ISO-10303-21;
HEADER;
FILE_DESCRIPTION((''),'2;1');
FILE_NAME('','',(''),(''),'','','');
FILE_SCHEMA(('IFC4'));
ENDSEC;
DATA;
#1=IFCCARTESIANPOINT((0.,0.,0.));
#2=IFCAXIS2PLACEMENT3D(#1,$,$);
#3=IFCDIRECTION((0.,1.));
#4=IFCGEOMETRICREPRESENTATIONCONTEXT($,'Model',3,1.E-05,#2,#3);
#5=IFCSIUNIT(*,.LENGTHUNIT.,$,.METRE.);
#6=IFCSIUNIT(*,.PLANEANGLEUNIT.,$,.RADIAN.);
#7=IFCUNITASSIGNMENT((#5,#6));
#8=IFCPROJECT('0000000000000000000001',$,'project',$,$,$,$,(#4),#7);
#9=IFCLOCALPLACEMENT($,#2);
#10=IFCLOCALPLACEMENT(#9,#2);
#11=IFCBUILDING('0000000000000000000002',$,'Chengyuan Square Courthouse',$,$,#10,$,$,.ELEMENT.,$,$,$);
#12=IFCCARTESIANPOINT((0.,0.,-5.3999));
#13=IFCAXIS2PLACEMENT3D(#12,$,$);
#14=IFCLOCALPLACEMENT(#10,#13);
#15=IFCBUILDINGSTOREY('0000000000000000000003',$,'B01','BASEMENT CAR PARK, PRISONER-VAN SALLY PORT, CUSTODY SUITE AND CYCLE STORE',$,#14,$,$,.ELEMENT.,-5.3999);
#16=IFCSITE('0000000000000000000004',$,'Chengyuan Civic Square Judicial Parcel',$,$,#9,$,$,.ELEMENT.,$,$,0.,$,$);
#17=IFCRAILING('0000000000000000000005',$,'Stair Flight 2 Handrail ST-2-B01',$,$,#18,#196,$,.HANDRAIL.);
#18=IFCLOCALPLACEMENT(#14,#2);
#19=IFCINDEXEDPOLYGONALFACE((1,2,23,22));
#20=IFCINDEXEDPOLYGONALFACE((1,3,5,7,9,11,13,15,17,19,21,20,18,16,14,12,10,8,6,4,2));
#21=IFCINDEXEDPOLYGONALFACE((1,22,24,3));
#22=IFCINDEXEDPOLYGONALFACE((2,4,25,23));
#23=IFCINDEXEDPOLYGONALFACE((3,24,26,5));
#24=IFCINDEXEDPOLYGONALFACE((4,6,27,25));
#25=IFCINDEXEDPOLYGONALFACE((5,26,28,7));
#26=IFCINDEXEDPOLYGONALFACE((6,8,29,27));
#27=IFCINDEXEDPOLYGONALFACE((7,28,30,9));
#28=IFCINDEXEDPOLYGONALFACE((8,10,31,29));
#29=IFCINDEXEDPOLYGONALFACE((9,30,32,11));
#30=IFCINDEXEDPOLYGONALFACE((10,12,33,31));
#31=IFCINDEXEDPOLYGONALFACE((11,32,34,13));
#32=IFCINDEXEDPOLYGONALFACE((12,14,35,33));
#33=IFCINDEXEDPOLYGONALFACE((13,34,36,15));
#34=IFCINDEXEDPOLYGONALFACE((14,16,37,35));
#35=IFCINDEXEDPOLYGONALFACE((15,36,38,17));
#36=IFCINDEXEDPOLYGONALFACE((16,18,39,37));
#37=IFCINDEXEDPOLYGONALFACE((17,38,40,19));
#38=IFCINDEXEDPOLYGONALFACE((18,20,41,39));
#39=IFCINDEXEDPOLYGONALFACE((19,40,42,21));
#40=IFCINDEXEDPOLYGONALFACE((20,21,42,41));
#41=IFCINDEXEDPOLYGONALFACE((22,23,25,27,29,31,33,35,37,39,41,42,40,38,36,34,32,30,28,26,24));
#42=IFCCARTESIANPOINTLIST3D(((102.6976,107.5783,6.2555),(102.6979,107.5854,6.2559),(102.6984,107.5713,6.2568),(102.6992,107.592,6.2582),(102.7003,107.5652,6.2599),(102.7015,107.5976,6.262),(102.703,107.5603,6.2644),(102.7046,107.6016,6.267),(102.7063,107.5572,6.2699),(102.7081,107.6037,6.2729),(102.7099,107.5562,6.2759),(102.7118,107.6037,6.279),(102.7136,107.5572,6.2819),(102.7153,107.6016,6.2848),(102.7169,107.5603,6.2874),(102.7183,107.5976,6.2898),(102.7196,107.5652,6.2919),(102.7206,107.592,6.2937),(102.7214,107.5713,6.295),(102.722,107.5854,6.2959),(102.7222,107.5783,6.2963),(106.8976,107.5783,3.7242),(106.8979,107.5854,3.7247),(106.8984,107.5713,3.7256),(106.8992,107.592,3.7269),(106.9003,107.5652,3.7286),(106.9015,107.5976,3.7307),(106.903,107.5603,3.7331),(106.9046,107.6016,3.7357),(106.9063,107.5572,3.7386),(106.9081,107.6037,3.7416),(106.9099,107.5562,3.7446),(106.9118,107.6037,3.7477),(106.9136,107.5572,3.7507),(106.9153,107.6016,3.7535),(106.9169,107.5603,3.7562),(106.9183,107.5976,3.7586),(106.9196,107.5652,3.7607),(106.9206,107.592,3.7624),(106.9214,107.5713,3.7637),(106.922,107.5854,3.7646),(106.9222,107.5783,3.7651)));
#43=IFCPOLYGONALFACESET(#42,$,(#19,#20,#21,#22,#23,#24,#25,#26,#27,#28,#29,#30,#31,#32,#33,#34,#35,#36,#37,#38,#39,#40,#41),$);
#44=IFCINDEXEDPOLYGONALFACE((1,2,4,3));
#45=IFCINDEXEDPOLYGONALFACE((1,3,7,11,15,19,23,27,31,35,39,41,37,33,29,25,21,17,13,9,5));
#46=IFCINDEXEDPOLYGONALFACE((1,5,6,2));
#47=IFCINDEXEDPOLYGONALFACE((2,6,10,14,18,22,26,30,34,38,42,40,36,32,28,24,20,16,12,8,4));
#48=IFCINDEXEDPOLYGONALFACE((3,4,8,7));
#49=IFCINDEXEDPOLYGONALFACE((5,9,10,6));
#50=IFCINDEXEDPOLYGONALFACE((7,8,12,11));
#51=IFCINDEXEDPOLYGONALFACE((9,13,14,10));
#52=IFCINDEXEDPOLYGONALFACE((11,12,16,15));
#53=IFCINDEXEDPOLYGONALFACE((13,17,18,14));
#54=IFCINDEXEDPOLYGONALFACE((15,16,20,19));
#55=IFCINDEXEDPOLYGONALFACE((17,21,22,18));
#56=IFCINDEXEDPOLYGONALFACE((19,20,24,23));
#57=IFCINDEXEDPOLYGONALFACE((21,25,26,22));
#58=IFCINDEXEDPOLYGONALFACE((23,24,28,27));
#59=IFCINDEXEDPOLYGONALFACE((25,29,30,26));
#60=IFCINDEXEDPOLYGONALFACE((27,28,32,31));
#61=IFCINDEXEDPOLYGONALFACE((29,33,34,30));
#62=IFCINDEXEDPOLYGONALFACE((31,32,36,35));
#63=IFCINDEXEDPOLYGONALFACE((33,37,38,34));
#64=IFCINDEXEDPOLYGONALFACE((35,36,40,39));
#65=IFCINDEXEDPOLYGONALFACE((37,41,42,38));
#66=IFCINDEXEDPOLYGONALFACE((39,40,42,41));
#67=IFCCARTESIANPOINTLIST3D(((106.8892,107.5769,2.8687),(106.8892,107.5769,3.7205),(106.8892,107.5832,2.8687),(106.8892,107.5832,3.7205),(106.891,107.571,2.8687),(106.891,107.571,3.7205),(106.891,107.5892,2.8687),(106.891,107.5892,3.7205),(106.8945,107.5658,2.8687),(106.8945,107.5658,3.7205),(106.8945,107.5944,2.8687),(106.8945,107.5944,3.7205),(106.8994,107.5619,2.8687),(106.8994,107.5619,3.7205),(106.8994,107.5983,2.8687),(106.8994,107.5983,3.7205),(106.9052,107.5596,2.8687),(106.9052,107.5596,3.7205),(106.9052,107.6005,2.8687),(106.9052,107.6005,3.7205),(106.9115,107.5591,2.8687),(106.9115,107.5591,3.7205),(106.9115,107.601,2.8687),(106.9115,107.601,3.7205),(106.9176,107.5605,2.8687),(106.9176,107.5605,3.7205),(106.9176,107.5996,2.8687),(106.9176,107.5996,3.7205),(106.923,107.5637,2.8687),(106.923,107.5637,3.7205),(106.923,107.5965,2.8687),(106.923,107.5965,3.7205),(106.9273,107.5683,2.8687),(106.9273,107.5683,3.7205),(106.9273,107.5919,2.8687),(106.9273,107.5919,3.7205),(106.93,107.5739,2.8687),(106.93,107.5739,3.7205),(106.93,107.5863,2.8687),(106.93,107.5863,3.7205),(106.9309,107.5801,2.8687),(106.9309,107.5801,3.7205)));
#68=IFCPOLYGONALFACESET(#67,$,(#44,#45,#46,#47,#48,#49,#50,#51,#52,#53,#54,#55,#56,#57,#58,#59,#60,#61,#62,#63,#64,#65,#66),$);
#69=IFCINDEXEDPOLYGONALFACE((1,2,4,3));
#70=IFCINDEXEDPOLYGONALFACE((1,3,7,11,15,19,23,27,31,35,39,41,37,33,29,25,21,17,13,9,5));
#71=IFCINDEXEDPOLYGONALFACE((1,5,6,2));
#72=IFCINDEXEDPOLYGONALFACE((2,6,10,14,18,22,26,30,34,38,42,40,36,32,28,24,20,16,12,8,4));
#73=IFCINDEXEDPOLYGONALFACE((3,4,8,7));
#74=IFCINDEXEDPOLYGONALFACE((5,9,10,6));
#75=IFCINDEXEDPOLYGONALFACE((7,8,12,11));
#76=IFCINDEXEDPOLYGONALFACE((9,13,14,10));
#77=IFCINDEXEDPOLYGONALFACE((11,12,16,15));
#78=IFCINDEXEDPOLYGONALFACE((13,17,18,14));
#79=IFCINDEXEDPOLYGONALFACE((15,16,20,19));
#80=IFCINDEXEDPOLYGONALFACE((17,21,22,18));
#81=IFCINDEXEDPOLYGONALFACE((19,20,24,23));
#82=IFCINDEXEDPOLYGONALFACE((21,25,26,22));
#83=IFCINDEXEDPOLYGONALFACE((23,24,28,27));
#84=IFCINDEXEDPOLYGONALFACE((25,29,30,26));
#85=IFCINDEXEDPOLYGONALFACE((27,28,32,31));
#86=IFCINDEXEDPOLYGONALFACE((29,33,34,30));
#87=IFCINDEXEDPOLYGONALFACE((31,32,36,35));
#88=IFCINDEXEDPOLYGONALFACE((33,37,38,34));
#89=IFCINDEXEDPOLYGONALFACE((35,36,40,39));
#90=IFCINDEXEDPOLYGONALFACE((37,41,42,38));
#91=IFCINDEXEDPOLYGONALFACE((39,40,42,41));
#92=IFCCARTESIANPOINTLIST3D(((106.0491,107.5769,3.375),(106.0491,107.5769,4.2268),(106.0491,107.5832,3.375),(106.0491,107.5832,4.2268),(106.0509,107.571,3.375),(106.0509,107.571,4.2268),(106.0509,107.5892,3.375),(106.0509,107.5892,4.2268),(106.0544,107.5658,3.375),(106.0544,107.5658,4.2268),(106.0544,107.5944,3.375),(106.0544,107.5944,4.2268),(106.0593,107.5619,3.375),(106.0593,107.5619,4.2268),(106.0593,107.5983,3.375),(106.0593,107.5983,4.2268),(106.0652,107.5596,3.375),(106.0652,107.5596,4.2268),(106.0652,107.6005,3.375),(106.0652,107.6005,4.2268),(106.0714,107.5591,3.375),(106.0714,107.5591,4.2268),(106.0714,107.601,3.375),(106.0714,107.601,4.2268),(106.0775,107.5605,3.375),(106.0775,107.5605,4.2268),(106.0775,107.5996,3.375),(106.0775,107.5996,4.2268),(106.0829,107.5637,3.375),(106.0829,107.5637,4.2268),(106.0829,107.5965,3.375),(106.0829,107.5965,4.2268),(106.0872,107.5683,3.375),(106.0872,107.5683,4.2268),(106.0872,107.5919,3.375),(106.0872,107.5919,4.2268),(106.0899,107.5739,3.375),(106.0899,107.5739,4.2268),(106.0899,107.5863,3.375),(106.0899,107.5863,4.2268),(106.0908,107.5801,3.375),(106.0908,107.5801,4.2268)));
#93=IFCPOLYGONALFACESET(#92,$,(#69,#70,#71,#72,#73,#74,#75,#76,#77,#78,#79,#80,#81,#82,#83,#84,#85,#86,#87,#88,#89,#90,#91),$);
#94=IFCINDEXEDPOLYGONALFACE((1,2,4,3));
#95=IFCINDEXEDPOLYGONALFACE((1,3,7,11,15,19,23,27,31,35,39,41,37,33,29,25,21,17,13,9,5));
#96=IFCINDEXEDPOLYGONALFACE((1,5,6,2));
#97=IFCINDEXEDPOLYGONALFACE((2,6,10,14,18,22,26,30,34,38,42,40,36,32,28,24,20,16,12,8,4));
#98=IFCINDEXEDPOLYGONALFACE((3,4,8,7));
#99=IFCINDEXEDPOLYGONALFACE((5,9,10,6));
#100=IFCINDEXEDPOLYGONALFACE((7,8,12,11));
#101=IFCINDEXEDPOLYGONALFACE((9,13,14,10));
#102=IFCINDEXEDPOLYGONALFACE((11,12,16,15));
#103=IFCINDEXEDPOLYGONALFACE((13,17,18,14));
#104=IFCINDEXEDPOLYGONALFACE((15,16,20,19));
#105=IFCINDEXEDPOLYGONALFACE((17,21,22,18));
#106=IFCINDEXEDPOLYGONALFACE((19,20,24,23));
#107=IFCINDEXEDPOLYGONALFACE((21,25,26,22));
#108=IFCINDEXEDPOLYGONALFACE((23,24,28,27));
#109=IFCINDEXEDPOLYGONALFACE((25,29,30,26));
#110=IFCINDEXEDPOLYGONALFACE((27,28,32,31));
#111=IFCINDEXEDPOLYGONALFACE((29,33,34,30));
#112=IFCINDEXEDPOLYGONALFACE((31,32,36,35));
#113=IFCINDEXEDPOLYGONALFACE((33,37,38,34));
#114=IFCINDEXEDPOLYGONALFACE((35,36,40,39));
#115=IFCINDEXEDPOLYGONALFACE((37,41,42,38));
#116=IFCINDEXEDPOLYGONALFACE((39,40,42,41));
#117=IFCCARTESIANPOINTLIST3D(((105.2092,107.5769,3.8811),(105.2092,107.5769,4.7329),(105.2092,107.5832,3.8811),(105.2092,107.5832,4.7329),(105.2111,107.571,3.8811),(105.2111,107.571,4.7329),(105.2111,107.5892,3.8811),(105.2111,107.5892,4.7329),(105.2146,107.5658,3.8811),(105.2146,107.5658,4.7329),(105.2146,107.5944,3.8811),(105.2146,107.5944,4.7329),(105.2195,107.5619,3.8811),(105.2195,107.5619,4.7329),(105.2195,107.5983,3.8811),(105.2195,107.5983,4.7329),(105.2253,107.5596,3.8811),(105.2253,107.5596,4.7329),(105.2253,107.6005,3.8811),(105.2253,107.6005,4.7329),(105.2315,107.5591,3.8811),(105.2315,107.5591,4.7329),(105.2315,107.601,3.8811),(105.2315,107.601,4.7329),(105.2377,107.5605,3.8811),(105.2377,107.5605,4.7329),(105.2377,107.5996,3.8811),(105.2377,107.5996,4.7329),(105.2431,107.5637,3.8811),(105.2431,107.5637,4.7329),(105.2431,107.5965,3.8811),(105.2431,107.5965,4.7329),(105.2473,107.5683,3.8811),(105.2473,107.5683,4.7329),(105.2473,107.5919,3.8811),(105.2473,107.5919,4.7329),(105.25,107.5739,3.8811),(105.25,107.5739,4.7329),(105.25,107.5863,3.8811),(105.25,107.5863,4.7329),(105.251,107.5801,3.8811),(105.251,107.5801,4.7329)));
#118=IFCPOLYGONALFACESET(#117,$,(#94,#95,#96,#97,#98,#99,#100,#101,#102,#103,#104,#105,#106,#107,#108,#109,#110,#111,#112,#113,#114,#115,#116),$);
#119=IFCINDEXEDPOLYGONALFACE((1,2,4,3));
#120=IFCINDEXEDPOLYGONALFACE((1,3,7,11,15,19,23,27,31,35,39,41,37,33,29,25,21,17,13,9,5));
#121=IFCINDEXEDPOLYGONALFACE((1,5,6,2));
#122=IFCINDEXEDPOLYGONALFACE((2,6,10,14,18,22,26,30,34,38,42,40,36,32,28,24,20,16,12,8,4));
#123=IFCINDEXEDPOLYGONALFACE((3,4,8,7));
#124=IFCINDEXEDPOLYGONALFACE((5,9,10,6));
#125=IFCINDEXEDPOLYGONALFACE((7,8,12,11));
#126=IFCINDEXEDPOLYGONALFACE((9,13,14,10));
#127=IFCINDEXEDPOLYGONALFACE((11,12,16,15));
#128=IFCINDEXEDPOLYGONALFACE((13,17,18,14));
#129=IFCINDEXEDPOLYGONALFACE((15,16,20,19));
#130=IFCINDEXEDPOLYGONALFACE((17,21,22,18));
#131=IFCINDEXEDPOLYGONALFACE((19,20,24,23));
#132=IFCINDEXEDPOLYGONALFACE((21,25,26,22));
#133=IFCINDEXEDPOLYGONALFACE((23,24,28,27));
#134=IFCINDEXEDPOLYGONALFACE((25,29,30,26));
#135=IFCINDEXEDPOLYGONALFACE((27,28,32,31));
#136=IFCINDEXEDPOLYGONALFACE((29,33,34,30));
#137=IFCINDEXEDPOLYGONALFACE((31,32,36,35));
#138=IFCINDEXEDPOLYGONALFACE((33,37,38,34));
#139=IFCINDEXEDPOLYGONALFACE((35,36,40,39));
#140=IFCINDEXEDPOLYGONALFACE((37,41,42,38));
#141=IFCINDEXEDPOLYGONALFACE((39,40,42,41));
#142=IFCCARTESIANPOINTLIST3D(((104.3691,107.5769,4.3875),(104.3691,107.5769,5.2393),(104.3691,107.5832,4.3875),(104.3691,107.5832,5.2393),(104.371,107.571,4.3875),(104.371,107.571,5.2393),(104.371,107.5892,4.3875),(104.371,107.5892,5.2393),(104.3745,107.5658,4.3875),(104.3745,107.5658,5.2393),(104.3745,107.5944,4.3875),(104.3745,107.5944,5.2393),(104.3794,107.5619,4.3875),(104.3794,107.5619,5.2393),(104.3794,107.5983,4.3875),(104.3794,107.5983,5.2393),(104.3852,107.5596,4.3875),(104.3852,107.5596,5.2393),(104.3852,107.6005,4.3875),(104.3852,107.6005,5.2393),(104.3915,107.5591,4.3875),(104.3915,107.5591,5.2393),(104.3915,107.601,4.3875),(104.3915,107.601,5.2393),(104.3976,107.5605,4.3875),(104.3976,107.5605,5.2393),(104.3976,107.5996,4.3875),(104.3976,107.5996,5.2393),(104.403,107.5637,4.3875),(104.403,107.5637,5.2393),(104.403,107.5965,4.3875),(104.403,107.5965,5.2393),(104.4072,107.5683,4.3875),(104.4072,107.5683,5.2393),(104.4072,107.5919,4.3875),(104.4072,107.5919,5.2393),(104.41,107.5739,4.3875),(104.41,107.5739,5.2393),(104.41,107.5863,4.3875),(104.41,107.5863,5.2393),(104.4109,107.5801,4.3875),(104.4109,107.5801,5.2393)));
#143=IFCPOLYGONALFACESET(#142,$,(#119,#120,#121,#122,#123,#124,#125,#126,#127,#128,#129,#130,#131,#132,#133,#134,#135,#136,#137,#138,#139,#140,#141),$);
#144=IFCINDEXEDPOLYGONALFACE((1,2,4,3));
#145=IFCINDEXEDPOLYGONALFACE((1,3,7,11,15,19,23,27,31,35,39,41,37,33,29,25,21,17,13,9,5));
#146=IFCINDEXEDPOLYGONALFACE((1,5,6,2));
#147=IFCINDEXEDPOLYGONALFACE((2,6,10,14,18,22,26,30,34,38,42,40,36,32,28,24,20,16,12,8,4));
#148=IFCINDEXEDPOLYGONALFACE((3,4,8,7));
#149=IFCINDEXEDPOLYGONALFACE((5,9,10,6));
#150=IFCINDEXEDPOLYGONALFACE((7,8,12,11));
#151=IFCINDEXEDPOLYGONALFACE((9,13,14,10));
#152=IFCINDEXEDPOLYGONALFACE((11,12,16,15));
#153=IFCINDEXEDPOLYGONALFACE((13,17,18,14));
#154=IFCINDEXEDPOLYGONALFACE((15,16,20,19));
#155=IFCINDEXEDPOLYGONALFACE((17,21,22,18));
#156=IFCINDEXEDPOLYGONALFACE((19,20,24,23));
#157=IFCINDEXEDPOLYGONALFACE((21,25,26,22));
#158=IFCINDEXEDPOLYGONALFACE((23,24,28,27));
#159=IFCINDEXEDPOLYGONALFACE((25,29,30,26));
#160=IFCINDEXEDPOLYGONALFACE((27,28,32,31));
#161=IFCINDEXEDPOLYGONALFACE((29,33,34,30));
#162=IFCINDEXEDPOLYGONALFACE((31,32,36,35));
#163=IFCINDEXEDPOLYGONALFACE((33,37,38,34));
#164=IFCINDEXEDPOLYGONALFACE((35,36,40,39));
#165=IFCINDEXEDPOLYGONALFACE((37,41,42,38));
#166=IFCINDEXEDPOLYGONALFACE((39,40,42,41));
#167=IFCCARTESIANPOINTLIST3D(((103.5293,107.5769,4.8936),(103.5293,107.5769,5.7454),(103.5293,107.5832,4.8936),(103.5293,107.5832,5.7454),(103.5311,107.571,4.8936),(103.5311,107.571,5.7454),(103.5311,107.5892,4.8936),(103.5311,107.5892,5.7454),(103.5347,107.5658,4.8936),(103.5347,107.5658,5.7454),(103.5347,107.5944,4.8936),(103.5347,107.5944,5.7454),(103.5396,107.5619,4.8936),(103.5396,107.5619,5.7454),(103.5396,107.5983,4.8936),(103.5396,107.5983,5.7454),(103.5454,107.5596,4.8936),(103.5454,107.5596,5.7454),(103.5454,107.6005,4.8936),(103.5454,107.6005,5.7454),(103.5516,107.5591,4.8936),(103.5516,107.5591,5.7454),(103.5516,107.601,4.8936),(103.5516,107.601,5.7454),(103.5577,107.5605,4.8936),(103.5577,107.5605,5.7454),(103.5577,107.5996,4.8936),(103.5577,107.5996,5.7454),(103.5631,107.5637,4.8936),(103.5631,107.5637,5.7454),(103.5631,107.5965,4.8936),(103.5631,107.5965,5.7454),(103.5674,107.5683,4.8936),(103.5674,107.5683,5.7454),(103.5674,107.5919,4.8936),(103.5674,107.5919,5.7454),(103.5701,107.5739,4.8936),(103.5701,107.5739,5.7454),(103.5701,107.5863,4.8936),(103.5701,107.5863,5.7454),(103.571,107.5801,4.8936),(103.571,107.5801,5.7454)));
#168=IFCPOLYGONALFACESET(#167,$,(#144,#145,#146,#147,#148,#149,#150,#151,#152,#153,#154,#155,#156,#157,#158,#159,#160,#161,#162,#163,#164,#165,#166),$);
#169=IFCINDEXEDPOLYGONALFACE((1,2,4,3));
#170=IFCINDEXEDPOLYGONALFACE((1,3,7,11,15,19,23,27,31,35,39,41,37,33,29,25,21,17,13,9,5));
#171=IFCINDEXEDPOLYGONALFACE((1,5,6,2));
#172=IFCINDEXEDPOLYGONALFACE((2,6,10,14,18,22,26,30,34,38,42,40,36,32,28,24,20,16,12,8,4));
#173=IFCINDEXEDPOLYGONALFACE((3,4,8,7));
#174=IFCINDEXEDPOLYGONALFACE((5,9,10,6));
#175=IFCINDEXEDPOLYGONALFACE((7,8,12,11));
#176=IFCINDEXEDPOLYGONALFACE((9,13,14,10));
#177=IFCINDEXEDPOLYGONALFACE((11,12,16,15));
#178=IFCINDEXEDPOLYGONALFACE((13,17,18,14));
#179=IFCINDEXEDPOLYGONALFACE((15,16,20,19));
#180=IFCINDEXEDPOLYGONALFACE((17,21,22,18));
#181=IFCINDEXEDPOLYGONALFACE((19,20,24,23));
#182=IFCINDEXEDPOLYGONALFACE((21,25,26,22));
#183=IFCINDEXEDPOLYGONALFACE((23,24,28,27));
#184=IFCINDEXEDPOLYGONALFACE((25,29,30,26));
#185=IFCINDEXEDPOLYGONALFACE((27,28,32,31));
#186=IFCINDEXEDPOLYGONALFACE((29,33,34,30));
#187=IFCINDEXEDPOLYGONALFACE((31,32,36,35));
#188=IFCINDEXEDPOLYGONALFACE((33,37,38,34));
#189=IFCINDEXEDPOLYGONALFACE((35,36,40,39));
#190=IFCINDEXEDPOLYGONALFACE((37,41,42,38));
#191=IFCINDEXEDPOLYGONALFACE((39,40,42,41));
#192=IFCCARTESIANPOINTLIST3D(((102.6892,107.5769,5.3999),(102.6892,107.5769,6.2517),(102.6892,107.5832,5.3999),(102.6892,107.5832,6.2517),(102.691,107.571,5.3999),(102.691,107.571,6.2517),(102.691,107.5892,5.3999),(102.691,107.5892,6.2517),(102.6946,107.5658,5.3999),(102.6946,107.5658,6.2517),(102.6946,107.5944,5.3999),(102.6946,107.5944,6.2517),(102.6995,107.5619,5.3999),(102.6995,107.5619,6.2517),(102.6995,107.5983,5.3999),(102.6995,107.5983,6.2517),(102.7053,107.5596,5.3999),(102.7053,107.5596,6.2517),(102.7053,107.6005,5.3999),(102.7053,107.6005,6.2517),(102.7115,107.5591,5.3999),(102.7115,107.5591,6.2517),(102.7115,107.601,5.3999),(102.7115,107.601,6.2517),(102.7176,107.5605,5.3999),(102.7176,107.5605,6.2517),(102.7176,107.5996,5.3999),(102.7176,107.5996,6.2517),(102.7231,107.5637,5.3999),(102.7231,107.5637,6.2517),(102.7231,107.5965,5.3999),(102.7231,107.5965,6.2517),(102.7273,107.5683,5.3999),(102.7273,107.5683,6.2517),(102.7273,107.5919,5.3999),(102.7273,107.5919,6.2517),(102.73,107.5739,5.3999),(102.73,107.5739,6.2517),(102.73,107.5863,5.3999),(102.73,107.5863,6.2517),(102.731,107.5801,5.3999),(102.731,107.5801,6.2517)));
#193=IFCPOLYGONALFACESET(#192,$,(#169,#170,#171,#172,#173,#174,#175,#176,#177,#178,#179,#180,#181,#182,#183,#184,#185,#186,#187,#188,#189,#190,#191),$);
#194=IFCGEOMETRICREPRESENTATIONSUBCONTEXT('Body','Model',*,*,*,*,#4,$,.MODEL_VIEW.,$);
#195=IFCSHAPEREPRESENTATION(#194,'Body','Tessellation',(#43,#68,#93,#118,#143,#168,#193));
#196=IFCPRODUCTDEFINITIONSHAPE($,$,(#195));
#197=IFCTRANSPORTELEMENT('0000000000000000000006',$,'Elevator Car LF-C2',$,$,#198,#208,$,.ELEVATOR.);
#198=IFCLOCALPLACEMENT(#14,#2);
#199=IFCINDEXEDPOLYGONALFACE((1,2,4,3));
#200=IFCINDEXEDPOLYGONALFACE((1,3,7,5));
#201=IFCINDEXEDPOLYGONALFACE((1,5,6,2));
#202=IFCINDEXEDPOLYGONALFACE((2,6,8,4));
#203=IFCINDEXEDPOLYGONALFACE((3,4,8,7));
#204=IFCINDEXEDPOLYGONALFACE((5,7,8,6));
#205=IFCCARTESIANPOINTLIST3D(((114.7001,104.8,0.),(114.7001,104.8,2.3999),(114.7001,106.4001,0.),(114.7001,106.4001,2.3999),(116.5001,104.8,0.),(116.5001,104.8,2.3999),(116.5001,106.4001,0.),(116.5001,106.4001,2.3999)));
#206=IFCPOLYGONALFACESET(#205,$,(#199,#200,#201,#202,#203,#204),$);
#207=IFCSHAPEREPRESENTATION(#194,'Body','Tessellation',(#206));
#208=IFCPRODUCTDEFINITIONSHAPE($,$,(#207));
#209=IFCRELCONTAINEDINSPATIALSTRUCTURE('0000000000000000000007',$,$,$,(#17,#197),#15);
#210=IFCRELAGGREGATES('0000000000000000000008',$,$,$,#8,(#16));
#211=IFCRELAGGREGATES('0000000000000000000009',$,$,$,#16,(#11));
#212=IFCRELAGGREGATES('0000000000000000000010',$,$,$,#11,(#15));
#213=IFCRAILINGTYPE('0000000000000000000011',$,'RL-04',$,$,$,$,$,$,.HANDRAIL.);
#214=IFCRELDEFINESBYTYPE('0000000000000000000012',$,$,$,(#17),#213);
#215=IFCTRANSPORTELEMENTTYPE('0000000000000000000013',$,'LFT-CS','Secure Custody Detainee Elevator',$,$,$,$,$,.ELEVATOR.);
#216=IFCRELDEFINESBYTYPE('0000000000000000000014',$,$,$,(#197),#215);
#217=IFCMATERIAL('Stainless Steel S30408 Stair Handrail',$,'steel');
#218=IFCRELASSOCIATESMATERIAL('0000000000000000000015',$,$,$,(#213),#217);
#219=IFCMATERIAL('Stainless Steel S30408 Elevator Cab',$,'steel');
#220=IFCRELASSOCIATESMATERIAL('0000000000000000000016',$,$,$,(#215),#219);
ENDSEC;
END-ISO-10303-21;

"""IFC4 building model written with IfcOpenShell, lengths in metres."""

from ifc_helpers import new_model, si_unit, direction, frame, origin, origin_2d, place, context, subcontext, project, spatial, rectangle, circle, extrude, material, type_object, element, save


model = new_model("IFC4")

# Units and contexts
model_context = context("Model", 3, precision=1e-05, world=origin(), true_north=direction((0.0, 1.0)))
body_context = subcontext(model_context, "Body", "Model", "MODEL_VIEW")
ifc_project = project(units=[si_unit("LENGTHUNIT", "METRE"), si_unit("PLANEANGLEUNIT", "RADIAN")], contexts=[model_context])

# Site, building, storey
site_placement = place(None, origin())
site = spatial("IfcSite", under=ifc_project, at=site_placement, Name="Chengyuan Civic Square Judicial Parcel", CompositionType="ELEMENT", RefElevation=0.0)
building_placement = place(site_placement, origin())
building = spatial("IfcBuilding", under=site, at=building_placement, Name="Chengyuan Square Courthouse", CompositionType="ELEMENT")
storey_placement = place(building_placement, frame((0.0, 0.0, -5.3999)))
storey = spatial("IfcBuildingStorey", under=building, at=storey_placement, Name="B01", Description="BASEMENT CAR PARK, PRISONER-VAN SALLY PORT, CUSTODY SUITE AND CYCLE STORE", CompositionType="ELEMENT", Elevation=-5.3999)

# Railing
ifc_material_1 = material(Name="Stainless Steel S30408 Stair Handrail", Category="steel")
railing_type_1 = type_object("IfcRailingType", Name="RL-04", PredefinedType="HANDRAIL", material=ifc_material_1)
railing_1_placement = place(storey_placement, frame((106.9099, 107.5801, 2.8687)))
element("IfcRailing", 1, at=railing_1_placement, inside=storey, type_object=railing_type_1, Name="Stair Flight 2 Handrail ST-2-B01", PredefinedType="HANDRAIL", context=body_context, shape_type="SweptSolid", body=[
    extrude(circle(Radius=0.0239, at=origin_2d()), frame((0.0, 0.0, 0.876), z_axis=(-0.856476, 0.0, 0.516186), x_axis=(0.0, -1.0, 0.0)), (0.0, 0.0, 1.0), 4.9038),
    extrude(circle(Radius=0.021, at=origin_2d()), origin(), (0.0, 0.0, 1.0), 0.8518),
    extrude(circle(Radius=0.021, at=origin_2d()), frame((-0.8401, 0.0, 0.5063)), (0.0, 0.0, 1.0), 0.8518),
    extrude(circle(Radius=0.021, at=origin_2d()), frame((-1.6799, 0.0, 1.0125)), (0.0, 0.0, 1.0), 0.8518),
    extrude(circle(Radius=0.021, at=origin_2d()), frame((-2.52, 0.0, 1.5188)), (0.0, 0.0, 1.0), 0.8518),
    extrude(circle(Radius=0.021, at=origin_2d()), frame((-3.3599, 0.0, 2.0249)), (0.0, 0.0, 1.0), 0.8518),
    extrude(circle(Radius=0.021, at=origin_2d()), frame((-4.2, 0.0, 2.5312)), (0.0, 0.0, 1.0), 0.8518),
])

# Transport element
ifc_material_2 = material(Name="Stainless Steel S30408 Elevator Cab", Category="steel")
transport_element_type = type_object("IfcTransportElementType", Name="LFT-CS", Description="Secure Custody Detainee Elevator", PredefinedType="ELEVATOR", material=ifc_material_2)
transport_element_placement = place(storey_placement, frame((115.6001, 105.6001, 0.0), z_axis=(0.0, 0.0, 1.0), x_axis=(1.0, 0.0, 0.0)))
element("IfcTransportElement", 2, at=transport_element_placement, inside=storey, type_object=transport_element_type, Name="Elevator Car LF-C2", PredefinedType="ELEVATOR", context=body_context, shape_type="SweptSolid", body=[
    extrude(rectangle(XDim=1.8, YDim=1.6001, at=origin_2d()), origin(), (0.0, 0.0, 1.0), 2.3999),
])

save(model, "model.ifc")
